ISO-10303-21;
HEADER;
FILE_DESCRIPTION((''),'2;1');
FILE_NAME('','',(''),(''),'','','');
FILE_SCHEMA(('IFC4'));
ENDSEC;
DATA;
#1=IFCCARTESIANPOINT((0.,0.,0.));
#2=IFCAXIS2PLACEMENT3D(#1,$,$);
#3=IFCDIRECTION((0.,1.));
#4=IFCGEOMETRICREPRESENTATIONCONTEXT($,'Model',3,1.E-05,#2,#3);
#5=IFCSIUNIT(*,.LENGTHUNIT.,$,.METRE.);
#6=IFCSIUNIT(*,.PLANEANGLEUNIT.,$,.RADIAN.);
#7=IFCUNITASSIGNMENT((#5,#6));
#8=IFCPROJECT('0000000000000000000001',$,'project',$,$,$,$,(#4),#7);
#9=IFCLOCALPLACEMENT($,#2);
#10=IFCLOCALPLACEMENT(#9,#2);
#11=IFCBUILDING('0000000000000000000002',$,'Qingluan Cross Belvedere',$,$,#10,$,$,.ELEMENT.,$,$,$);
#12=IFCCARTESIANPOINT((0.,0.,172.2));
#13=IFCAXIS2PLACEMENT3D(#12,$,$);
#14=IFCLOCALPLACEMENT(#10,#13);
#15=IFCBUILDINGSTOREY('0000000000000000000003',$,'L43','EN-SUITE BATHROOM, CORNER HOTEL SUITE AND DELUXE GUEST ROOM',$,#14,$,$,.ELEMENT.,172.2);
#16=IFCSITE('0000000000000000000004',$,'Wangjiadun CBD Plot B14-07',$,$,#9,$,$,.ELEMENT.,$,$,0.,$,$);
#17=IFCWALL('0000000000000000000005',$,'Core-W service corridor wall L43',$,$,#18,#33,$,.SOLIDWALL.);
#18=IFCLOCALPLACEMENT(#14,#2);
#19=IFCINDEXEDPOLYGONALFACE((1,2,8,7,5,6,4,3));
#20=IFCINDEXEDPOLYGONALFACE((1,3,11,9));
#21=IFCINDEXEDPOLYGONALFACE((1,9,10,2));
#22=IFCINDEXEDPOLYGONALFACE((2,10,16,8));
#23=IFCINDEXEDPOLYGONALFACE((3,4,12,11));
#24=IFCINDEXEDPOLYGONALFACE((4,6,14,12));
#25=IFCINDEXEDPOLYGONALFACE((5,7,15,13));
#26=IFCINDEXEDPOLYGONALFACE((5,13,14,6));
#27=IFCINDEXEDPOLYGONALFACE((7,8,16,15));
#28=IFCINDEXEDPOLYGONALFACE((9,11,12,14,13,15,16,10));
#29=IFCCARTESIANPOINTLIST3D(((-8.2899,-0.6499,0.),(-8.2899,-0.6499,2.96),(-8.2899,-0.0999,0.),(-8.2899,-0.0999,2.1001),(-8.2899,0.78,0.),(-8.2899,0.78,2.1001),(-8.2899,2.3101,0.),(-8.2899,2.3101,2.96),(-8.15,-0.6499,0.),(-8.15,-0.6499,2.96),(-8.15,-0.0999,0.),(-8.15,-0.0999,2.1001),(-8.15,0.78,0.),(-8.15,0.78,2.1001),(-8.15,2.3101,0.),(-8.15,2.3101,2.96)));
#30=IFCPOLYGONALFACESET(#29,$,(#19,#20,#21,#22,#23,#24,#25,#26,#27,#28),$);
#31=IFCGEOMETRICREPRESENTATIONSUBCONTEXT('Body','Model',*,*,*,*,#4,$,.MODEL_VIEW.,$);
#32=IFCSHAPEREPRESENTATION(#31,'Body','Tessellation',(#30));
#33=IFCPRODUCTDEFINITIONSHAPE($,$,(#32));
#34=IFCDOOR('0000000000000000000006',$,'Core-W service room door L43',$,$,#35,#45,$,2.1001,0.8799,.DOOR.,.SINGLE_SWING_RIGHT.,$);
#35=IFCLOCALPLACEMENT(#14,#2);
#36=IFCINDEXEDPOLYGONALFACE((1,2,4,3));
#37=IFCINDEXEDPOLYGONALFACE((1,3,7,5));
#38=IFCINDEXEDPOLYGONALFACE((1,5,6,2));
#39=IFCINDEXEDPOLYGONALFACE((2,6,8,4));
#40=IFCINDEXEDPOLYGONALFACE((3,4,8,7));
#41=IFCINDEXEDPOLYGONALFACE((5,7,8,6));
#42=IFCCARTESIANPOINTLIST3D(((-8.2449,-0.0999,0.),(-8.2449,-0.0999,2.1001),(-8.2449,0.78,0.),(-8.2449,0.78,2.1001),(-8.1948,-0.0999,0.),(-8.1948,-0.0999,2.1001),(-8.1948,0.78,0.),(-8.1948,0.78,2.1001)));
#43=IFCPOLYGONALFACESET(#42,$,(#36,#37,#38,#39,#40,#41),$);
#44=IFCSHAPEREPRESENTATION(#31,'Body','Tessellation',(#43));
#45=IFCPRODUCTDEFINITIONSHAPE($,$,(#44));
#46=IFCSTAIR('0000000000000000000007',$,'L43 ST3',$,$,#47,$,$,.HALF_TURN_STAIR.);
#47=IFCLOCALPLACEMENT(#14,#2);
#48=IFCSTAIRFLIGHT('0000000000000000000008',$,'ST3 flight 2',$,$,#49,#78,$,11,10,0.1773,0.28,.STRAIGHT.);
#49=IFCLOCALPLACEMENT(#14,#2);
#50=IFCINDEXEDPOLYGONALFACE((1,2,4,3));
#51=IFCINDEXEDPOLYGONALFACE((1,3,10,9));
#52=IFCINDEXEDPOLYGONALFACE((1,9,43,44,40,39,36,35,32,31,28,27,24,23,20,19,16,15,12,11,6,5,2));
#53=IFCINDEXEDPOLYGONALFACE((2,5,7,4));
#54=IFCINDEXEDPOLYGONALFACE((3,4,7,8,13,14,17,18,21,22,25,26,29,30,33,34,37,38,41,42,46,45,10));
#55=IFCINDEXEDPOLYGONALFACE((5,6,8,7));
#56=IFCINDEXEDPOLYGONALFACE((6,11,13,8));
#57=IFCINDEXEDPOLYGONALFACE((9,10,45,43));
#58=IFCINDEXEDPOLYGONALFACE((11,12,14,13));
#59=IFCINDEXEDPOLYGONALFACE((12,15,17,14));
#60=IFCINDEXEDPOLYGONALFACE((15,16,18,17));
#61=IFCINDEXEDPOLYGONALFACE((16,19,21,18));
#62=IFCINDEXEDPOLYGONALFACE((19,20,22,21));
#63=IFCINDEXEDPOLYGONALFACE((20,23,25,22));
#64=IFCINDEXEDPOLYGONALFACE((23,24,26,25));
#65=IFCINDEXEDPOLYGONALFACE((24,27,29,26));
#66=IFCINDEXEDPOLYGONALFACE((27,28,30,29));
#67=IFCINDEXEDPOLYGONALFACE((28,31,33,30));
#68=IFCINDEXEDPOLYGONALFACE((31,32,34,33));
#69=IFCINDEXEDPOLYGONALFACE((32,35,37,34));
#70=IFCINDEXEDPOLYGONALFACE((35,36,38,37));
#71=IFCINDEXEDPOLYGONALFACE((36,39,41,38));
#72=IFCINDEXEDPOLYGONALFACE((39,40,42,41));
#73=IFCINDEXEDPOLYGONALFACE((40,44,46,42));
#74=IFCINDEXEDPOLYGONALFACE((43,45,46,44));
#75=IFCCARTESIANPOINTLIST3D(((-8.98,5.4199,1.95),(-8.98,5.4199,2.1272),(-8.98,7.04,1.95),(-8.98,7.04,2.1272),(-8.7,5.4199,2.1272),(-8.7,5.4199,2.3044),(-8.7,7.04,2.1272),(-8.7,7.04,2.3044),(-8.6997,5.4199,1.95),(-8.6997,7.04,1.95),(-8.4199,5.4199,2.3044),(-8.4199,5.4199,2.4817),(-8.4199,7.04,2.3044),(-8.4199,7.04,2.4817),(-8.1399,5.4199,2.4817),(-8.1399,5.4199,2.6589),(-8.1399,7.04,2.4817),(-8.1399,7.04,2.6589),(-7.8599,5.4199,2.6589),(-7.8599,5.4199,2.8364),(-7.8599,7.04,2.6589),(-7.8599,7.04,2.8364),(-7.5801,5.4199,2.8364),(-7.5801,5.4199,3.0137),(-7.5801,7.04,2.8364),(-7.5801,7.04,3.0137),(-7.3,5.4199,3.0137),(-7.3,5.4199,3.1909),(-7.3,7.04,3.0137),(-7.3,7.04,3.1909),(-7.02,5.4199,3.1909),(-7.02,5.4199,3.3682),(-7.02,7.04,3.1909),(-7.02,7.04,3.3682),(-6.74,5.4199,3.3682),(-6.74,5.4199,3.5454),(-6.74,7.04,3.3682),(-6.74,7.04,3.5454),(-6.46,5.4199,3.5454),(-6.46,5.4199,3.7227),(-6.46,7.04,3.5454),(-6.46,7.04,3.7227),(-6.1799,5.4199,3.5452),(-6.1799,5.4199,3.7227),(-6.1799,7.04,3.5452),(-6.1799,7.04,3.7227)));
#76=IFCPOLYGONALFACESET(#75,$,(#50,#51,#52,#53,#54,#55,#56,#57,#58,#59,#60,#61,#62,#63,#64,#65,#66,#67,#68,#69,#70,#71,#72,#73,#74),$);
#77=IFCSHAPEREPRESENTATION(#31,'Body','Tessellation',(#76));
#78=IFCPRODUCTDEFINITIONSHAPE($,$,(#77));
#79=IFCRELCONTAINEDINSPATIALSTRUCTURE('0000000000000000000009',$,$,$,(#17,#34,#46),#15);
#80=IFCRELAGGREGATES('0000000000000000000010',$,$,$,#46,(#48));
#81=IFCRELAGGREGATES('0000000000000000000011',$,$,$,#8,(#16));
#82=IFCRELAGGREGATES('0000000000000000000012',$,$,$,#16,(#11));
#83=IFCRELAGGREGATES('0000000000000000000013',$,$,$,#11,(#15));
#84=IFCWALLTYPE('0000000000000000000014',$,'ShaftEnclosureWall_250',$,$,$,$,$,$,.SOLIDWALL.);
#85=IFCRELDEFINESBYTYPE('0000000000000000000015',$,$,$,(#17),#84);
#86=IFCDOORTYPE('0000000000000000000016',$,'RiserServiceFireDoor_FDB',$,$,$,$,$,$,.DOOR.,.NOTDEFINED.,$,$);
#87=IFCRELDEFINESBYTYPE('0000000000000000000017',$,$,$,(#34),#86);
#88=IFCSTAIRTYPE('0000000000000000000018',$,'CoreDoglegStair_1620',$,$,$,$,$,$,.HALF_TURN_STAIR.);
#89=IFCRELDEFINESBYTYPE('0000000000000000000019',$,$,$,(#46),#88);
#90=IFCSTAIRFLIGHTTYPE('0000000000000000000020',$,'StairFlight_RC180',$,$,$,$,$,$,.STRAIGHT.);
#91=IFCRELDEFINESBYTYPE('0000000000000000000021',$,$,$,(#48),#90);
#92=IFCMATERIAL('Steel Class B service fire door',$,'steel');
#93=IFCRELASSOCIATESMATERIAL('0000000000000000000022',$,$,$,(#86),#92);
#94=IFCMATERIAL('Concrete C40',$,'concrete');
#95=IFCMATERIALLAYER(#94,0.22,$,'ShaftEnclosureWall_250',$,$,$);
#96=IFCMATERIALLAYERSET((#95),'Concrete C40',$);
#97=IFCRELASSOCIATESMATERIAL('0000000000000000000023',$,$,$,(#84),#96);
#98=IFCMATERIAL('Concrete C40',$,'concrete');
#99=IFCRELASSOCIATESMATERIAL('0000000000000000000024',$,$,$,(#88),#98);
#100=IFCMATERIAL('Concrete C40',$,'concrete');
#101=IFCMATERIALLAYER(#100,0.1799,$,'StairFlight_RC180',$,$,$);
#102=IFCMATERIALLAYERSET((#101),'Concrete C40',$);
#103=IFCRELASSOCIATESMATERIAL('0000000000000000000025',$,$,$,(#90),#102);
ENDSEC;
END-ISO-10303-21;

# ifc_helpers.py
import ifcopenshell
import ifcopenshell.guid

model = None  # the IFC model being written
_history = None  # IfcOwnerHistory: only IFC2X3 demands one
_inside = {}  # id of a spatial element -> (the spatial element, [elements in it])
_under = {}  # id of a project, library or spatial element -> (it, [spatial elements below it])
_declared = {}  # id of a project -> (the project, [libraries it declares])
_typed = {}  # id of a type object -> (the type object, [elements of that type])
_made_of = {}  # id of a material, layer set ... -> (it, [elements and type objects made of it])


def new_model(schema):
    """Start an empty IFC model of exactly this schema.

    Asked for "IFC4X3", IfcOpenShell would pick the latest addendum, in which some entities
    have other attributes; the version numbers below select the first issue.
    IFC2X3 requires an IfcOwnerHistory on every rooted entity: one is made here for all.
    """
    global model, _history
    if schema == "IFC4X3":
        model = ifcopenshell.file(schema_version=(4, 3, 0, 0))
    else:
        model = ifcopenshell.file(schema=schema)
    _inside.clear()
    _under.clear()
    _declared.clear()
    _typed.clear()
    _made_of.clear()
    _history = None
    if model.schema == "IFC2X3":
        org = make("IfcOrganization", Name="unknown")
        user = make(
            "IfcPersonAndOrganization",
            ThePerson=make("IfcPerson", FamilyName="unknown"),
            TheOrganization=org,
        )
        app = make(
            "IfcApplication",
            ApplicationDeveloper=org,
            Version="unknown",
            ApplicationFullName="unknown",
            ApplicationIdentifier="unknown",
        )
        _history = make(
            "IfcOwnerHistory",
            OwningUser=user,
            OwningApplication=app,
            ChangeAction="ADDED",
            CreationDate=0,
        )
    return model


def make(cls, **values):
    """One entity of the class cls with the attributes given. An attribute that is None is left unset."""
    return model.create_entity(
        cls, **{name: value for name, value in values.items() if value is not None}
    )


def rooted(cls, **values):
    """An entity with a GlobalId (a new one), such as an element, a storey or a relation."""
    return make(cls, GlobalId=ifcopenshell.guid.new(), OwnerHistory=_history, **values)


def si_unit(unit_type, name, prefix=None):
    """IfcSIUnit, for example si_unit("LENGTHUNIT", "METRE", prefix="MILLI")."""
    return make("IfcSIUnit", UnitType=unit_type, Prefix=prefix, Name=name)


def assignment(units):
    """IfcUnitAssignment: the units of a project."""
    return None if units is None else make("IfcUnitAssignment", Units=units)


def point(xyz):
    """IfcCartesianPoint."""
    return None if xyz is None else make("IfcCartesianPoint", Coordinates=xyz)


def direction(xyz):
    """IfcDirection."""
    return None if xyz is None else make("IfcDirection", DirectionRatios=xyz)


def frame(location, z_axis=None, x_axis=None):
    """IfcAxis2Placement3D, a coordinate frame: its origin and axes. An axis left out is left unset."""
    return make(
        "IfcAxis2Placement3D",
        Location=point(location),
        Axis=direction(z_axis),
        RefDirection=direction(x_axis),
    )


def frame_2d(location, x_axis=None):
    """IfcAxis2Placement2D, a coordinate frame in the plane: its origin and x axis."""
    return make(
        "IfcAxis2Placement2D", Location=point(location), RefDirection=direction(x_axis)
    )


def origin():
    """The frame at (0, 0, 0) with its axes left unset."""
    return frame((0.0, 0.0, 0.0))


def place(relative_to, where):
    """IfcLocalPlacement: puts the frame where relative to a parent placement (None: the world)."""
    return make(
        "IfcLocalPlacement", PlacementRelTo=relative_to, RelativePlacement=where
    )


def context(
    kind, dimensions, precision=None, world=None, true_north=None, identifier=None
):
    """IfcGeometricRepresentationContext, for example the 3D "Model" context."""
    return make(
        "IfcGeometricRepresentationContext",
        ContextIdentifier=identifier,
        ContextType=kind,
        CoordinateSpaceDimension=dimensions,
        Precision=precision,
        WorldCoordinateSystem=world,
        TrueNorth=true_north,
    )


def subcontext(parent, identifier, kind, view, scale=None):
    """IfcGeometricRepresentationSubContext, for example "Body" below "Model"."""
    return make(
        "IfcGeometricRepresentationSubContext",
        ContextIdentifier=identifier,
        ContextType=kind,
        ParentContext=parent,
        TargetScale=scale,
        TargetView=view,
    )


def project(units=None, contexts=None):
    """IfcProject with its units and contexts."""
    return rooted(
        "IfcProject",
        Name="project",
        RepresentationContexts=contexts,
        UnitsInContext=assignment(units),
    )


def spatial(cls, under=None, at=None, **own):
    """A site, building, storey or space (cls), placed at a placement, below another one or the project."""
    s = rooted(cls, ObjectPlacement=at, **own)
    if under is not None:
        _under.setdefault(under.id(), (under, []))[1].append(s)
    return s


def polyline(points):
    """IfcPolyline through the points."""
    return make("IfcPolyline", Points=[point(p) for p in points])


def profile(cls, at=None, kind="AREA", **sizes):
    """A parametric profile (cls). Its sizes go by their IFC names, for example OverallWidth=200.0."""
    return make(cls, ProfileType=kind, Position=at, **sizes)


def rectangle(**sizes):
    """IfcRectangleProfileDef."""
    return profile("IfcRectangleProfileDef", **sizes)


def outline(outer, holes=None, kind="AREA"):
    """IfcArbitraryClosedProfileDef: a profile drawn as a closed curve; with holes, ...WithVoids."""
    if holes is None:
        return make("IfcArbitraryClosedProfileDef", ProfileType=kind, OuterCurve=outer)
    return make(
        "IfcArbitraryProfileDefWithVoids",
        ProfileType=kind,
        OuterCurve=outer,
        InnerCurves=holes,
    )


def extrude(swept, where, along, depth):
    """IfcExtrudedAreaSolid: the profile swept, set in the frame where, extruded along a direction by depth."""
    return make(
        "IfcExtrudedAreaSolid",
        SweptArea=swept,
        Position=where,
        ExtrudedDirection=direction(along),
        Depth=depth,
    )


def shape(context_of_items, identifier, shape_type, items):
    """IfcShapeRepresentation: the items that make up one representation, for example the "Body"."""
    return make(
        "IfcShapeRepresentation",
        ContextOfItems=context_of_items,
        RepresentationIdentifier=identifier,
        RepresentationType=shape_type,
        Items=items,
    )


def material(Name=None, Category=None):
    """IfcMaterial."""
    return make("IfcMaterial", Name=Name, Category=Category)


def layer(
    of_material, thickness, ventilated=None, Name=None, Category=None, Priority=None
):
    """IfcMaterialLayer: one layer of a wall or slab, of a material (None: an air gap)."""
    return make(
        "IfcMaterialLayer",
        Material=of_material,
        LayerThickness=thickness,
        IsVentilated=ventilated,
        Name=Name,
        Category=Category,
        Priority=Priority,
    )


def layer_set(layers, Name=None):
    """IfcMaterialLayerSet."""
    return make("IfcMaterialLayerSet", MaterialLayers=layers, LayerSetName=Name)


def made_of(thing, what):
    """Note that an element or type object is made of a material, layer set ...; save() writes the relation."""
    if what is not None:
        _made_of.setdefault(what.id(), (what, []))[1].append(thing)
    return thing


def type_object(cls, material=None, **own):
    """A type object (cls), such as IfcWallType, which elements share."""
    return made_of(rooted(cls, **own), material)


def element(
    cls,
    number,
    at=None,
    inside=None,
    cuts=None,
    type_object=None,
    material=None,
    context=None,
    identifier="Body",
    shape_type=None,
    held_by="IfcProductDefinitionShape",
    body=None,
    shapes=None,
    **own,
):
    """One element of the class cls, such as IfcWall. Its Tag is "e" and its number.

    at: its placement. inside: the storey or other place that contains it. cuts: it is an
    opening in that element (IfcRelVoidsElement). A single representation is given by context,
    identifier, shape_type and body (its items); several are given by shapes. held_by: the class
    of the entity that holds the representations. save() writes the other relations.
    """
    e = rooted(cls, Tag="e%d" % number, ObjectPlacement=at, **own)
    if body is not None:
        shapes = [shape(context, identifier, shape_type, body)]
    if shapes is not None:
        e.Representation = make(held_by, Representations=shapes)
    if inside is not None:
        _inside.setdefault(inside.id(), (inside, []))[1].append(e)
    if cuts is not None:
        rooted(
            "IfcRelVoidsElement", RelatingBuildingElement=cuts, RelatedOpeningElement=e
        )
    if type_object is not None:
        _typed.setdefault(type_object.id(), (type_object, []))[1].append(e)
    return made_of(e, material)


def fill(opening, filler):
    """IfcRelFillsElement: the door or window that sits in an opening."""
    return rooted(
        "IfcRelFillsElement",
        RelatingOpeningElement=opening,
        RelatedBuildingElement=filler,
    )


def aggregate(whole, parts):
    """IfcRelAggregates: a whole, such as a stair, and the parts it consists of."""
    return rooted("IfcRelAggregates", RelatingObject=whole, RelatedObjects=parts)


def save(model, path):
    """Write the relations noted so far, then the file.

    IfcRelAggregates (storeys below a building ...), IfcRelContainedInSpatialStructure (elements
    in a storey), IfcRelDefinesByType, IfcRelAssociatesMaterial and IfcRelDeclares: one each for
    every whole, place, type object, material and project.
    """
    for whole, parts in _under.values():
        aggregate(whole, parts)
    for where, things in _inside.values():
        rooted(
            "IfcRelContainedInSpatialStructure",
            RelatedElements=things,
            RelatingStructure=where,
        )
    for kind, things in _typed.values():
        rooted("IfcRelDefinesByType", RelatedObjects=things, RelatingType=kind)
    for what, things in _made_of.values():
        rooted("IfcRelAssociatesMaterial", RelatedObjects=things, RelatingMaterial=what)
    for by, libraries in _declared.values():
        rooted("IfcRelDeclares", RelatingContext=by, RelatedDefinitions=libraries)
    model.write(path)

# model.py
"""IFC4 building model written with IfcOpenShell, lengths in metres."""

from ifc_helpers import new_model, si_unit, direction, frame, frame_2d, origin, place, context, subcontext, project, spatial, polyline, rectangle, outline, extrude, material, layer, layer_set, type_object, element, fill, aggregate, save


model = new_model("IFC4")

# Units and contexts
model_context = context("Model", 3, precision=1e-05, world=origin(), true_north=direction((0.0, 1.0)))
body_context = subcontext(model_context, "Body", "Model", "MODEL_VIEW")
ifc_project = project(units=[si_unit("LENGTHUNIT", "METRE"), si_unit("PLANEANGLEUNIT", "RADIAN")], contexts=[model_context])

# Site, building, storey
site_placement = place(None, origin())
site = spatial("IfcSite", under=ifc_project, at=site_placement, Name="Wangjiadun CBD Plot B14-07", CompositionType="ELEMENT", RefElevation=0.0)
building_placement = place(site_placement, origin())
building = spatial("IfcBuilding", under=site, at=building_placement, Name="Qingluan Cross Belvedere", CompositionType="ELEMENT")
storey_placement = place(building_placement, frame((0.0, 0.0, 172.2)))
storey = spatial("IfcBuildingStorey", under=building, at=storey_placement, Name="L43", Description="EN-SUITE BATHROOM, CORNER HOTEL SUITE AND DELUXE GUEST ROOM", CompositionType="ELEMENT", Elevation=172.2)

# Shared definitions
ifc_material_1 = material(Name="Steel Class B service fire door", Category="steel")
door_type_1 = type_object("IfcDoorType", Name="RiserServiceFireDoor_FDB", OperationType="NOTDEFINED", PredefinedType="DOOR", material=ifc_material_1)

# Shared definitions
ifc_material_2 = material(Name="Concrete C40", Category="concrete")
ifc_layer_1 = layer(ifc_material_2, 0.22, Name="ShaftEnclosureWall_250")
ifc_layer_set_1 = layer_set([ifc_layer_1], Name="Concrete C40")
wall_type_1 = type_object("IfcWallType", Name="ShaftEnclosureWall_250", PredefinedType="SOLIDWALL", material=ifc_layer_set_1)

# Wall, opening, door
wall_1_placement = place(storey_placement, frame((-8.22, -0.6499, 0.0), z_axis=(0.0, 0.0, 1.0), x_axis=(0.0, 1.0, 0.0)))
wall_1 = element("IfcWall", 1, at=wall_1_placement, inside=storey, type_object=wall_type_1, Name="Core-W service corridor wall L43", PredefinedType="SOLIDWALL", context=body_context, shape_type="SweptSolid", body=[
    extrude(rectangle(XDim=2.96, YDim=0.1399, at=frame_2d((1.48, 0.0))), origin(), (0.0, 0.0, 1.0), 2.96),
])
opening_1_placement = place(wall_1_placement, frame((0.55, 0.0, 0.0)))
opening_1 = element("IfcOpeningElement", 2, at=opening_1_placement, cuts=wall_1, PredefinedType="OPENING", context=body_context, shape_type="SweptSolid", body=[
    extrude(rectangle(XDim=0.8799, YDim=2.1001, at=frame_2d((0.4399, 1.05))), frame((0.0, 0.0798, 0.0), z_axis=(0.0, -1.0, 0.0), x_axis=(1.0, 0.0, 0.0)), (0.0, 0.0, 1.0), 0.1599),
])
door_1_placement = place(opening_1_placement, origin())
door_1 = element("IfcDoor", 3, at=door_1_placement, inside=storey, type_object=door_type_1, Name="Core-W service room door L43", OperationType="SINGLE_SWING_RIGHT", OverallHeight=2.1001, OverallWidth=0.8799, PredefinedType="DOOR", context=body_context, shape_type="SweptSolid", body=[
    extrude(rectangle(XDim=0.8799, YDim=2.1001, at=frame_2d((0.4399, 1.05))), frame((0.0, 0.0249, 0.0), z_axis=(0.0, -1.0, 0.0), x_axis=(1.0, 0.0, 0.0)), (0.0, 0.0, 1.0), 0.05),
])
fill(opening_1, door_1)

# Stair, stair flight
ifc_material_3 = material(Name="Concrete C40", Category="concrete")
stair_type = type_object("IfcStairType", Name="CoreDoglegStair_1620", PredefinedType="HALF_TURN_STAIR", material=ifc_material_3)
stair_placement = place(storey_placement, origin())
stair = element("IfcStair", 4, at=stair_placement, inside=storey, type_object=stair_type, Name="L43 ST3", PredefinedType="HALF_TURN_STAIR")
ifc_material_4 = material(Name="Concrete C40", Category="concrete")
ifc_layer_2 = layer(ifc_material_4, 0.1799, Name="StairFlight_RC180")
ifc_layer_set_2 = layer_set([ifc_layer_2], Name="Concrete C40")
stair_flight_type = type_object("IfcStairFlightType", Name="StairFlight_RC180", PredefinedType="STRAIGHT", material=ifc_layer_set_2)
stair_flight_placement = place(storey_placement, frame((-8.98, 6.23, 1.95), z_axis=(0.0, 0.0, 1.0), x_axis=(1.0, 0.0, 0.0)))
stair_flight = element("IfcStairFlight", 5, at=stair_flight_placement, type_object=stair_flight_type, Name="ST3 flight 2", NumberOfRisers=11, NumberOfTreads=10, PredefinedType="STRAIGHT", RiserHeight=0.1773, TreadLength=0.28, context=body_context, shape_type="SweptSolid", body=[
    extrude(outline(polyline([(0.0, 0.0), (0.0, 0.1772), (0.28, 0.1772), (0.28, 0.3545), (0.5601, 0.3545), (0.5601, 0.5317), (0.8401, 0.5317), (0.8401, 0.709), (1.1201, 0.709), (1.1201, 0.8865), (1.3999, 0.8865), (1.3999, 1.0637), (1.6799, 1.0637), (1.6799, 1.241), (1.96, 1.241), (1.96, 1.4182), (2.24, 1.4182), (2.24, 1.5955), (2.52, 1.5955), (2.52, 1.7727), (2.8, 1.7727), (2.8, 1.95), (2.8, 1.5952), (0.2803, 0.0), (0.0, 0.0)])), frame((0.0, 0.8101, 0.0), z_axis=(0.0, -1.0, 0.0), x_axis=(1.0, 0.0, 0.0)), (0.0, 0.0, 1.0), 1.6201),
])
aggregate(stair, [stair_flight])

save(model, "model.ifc")
